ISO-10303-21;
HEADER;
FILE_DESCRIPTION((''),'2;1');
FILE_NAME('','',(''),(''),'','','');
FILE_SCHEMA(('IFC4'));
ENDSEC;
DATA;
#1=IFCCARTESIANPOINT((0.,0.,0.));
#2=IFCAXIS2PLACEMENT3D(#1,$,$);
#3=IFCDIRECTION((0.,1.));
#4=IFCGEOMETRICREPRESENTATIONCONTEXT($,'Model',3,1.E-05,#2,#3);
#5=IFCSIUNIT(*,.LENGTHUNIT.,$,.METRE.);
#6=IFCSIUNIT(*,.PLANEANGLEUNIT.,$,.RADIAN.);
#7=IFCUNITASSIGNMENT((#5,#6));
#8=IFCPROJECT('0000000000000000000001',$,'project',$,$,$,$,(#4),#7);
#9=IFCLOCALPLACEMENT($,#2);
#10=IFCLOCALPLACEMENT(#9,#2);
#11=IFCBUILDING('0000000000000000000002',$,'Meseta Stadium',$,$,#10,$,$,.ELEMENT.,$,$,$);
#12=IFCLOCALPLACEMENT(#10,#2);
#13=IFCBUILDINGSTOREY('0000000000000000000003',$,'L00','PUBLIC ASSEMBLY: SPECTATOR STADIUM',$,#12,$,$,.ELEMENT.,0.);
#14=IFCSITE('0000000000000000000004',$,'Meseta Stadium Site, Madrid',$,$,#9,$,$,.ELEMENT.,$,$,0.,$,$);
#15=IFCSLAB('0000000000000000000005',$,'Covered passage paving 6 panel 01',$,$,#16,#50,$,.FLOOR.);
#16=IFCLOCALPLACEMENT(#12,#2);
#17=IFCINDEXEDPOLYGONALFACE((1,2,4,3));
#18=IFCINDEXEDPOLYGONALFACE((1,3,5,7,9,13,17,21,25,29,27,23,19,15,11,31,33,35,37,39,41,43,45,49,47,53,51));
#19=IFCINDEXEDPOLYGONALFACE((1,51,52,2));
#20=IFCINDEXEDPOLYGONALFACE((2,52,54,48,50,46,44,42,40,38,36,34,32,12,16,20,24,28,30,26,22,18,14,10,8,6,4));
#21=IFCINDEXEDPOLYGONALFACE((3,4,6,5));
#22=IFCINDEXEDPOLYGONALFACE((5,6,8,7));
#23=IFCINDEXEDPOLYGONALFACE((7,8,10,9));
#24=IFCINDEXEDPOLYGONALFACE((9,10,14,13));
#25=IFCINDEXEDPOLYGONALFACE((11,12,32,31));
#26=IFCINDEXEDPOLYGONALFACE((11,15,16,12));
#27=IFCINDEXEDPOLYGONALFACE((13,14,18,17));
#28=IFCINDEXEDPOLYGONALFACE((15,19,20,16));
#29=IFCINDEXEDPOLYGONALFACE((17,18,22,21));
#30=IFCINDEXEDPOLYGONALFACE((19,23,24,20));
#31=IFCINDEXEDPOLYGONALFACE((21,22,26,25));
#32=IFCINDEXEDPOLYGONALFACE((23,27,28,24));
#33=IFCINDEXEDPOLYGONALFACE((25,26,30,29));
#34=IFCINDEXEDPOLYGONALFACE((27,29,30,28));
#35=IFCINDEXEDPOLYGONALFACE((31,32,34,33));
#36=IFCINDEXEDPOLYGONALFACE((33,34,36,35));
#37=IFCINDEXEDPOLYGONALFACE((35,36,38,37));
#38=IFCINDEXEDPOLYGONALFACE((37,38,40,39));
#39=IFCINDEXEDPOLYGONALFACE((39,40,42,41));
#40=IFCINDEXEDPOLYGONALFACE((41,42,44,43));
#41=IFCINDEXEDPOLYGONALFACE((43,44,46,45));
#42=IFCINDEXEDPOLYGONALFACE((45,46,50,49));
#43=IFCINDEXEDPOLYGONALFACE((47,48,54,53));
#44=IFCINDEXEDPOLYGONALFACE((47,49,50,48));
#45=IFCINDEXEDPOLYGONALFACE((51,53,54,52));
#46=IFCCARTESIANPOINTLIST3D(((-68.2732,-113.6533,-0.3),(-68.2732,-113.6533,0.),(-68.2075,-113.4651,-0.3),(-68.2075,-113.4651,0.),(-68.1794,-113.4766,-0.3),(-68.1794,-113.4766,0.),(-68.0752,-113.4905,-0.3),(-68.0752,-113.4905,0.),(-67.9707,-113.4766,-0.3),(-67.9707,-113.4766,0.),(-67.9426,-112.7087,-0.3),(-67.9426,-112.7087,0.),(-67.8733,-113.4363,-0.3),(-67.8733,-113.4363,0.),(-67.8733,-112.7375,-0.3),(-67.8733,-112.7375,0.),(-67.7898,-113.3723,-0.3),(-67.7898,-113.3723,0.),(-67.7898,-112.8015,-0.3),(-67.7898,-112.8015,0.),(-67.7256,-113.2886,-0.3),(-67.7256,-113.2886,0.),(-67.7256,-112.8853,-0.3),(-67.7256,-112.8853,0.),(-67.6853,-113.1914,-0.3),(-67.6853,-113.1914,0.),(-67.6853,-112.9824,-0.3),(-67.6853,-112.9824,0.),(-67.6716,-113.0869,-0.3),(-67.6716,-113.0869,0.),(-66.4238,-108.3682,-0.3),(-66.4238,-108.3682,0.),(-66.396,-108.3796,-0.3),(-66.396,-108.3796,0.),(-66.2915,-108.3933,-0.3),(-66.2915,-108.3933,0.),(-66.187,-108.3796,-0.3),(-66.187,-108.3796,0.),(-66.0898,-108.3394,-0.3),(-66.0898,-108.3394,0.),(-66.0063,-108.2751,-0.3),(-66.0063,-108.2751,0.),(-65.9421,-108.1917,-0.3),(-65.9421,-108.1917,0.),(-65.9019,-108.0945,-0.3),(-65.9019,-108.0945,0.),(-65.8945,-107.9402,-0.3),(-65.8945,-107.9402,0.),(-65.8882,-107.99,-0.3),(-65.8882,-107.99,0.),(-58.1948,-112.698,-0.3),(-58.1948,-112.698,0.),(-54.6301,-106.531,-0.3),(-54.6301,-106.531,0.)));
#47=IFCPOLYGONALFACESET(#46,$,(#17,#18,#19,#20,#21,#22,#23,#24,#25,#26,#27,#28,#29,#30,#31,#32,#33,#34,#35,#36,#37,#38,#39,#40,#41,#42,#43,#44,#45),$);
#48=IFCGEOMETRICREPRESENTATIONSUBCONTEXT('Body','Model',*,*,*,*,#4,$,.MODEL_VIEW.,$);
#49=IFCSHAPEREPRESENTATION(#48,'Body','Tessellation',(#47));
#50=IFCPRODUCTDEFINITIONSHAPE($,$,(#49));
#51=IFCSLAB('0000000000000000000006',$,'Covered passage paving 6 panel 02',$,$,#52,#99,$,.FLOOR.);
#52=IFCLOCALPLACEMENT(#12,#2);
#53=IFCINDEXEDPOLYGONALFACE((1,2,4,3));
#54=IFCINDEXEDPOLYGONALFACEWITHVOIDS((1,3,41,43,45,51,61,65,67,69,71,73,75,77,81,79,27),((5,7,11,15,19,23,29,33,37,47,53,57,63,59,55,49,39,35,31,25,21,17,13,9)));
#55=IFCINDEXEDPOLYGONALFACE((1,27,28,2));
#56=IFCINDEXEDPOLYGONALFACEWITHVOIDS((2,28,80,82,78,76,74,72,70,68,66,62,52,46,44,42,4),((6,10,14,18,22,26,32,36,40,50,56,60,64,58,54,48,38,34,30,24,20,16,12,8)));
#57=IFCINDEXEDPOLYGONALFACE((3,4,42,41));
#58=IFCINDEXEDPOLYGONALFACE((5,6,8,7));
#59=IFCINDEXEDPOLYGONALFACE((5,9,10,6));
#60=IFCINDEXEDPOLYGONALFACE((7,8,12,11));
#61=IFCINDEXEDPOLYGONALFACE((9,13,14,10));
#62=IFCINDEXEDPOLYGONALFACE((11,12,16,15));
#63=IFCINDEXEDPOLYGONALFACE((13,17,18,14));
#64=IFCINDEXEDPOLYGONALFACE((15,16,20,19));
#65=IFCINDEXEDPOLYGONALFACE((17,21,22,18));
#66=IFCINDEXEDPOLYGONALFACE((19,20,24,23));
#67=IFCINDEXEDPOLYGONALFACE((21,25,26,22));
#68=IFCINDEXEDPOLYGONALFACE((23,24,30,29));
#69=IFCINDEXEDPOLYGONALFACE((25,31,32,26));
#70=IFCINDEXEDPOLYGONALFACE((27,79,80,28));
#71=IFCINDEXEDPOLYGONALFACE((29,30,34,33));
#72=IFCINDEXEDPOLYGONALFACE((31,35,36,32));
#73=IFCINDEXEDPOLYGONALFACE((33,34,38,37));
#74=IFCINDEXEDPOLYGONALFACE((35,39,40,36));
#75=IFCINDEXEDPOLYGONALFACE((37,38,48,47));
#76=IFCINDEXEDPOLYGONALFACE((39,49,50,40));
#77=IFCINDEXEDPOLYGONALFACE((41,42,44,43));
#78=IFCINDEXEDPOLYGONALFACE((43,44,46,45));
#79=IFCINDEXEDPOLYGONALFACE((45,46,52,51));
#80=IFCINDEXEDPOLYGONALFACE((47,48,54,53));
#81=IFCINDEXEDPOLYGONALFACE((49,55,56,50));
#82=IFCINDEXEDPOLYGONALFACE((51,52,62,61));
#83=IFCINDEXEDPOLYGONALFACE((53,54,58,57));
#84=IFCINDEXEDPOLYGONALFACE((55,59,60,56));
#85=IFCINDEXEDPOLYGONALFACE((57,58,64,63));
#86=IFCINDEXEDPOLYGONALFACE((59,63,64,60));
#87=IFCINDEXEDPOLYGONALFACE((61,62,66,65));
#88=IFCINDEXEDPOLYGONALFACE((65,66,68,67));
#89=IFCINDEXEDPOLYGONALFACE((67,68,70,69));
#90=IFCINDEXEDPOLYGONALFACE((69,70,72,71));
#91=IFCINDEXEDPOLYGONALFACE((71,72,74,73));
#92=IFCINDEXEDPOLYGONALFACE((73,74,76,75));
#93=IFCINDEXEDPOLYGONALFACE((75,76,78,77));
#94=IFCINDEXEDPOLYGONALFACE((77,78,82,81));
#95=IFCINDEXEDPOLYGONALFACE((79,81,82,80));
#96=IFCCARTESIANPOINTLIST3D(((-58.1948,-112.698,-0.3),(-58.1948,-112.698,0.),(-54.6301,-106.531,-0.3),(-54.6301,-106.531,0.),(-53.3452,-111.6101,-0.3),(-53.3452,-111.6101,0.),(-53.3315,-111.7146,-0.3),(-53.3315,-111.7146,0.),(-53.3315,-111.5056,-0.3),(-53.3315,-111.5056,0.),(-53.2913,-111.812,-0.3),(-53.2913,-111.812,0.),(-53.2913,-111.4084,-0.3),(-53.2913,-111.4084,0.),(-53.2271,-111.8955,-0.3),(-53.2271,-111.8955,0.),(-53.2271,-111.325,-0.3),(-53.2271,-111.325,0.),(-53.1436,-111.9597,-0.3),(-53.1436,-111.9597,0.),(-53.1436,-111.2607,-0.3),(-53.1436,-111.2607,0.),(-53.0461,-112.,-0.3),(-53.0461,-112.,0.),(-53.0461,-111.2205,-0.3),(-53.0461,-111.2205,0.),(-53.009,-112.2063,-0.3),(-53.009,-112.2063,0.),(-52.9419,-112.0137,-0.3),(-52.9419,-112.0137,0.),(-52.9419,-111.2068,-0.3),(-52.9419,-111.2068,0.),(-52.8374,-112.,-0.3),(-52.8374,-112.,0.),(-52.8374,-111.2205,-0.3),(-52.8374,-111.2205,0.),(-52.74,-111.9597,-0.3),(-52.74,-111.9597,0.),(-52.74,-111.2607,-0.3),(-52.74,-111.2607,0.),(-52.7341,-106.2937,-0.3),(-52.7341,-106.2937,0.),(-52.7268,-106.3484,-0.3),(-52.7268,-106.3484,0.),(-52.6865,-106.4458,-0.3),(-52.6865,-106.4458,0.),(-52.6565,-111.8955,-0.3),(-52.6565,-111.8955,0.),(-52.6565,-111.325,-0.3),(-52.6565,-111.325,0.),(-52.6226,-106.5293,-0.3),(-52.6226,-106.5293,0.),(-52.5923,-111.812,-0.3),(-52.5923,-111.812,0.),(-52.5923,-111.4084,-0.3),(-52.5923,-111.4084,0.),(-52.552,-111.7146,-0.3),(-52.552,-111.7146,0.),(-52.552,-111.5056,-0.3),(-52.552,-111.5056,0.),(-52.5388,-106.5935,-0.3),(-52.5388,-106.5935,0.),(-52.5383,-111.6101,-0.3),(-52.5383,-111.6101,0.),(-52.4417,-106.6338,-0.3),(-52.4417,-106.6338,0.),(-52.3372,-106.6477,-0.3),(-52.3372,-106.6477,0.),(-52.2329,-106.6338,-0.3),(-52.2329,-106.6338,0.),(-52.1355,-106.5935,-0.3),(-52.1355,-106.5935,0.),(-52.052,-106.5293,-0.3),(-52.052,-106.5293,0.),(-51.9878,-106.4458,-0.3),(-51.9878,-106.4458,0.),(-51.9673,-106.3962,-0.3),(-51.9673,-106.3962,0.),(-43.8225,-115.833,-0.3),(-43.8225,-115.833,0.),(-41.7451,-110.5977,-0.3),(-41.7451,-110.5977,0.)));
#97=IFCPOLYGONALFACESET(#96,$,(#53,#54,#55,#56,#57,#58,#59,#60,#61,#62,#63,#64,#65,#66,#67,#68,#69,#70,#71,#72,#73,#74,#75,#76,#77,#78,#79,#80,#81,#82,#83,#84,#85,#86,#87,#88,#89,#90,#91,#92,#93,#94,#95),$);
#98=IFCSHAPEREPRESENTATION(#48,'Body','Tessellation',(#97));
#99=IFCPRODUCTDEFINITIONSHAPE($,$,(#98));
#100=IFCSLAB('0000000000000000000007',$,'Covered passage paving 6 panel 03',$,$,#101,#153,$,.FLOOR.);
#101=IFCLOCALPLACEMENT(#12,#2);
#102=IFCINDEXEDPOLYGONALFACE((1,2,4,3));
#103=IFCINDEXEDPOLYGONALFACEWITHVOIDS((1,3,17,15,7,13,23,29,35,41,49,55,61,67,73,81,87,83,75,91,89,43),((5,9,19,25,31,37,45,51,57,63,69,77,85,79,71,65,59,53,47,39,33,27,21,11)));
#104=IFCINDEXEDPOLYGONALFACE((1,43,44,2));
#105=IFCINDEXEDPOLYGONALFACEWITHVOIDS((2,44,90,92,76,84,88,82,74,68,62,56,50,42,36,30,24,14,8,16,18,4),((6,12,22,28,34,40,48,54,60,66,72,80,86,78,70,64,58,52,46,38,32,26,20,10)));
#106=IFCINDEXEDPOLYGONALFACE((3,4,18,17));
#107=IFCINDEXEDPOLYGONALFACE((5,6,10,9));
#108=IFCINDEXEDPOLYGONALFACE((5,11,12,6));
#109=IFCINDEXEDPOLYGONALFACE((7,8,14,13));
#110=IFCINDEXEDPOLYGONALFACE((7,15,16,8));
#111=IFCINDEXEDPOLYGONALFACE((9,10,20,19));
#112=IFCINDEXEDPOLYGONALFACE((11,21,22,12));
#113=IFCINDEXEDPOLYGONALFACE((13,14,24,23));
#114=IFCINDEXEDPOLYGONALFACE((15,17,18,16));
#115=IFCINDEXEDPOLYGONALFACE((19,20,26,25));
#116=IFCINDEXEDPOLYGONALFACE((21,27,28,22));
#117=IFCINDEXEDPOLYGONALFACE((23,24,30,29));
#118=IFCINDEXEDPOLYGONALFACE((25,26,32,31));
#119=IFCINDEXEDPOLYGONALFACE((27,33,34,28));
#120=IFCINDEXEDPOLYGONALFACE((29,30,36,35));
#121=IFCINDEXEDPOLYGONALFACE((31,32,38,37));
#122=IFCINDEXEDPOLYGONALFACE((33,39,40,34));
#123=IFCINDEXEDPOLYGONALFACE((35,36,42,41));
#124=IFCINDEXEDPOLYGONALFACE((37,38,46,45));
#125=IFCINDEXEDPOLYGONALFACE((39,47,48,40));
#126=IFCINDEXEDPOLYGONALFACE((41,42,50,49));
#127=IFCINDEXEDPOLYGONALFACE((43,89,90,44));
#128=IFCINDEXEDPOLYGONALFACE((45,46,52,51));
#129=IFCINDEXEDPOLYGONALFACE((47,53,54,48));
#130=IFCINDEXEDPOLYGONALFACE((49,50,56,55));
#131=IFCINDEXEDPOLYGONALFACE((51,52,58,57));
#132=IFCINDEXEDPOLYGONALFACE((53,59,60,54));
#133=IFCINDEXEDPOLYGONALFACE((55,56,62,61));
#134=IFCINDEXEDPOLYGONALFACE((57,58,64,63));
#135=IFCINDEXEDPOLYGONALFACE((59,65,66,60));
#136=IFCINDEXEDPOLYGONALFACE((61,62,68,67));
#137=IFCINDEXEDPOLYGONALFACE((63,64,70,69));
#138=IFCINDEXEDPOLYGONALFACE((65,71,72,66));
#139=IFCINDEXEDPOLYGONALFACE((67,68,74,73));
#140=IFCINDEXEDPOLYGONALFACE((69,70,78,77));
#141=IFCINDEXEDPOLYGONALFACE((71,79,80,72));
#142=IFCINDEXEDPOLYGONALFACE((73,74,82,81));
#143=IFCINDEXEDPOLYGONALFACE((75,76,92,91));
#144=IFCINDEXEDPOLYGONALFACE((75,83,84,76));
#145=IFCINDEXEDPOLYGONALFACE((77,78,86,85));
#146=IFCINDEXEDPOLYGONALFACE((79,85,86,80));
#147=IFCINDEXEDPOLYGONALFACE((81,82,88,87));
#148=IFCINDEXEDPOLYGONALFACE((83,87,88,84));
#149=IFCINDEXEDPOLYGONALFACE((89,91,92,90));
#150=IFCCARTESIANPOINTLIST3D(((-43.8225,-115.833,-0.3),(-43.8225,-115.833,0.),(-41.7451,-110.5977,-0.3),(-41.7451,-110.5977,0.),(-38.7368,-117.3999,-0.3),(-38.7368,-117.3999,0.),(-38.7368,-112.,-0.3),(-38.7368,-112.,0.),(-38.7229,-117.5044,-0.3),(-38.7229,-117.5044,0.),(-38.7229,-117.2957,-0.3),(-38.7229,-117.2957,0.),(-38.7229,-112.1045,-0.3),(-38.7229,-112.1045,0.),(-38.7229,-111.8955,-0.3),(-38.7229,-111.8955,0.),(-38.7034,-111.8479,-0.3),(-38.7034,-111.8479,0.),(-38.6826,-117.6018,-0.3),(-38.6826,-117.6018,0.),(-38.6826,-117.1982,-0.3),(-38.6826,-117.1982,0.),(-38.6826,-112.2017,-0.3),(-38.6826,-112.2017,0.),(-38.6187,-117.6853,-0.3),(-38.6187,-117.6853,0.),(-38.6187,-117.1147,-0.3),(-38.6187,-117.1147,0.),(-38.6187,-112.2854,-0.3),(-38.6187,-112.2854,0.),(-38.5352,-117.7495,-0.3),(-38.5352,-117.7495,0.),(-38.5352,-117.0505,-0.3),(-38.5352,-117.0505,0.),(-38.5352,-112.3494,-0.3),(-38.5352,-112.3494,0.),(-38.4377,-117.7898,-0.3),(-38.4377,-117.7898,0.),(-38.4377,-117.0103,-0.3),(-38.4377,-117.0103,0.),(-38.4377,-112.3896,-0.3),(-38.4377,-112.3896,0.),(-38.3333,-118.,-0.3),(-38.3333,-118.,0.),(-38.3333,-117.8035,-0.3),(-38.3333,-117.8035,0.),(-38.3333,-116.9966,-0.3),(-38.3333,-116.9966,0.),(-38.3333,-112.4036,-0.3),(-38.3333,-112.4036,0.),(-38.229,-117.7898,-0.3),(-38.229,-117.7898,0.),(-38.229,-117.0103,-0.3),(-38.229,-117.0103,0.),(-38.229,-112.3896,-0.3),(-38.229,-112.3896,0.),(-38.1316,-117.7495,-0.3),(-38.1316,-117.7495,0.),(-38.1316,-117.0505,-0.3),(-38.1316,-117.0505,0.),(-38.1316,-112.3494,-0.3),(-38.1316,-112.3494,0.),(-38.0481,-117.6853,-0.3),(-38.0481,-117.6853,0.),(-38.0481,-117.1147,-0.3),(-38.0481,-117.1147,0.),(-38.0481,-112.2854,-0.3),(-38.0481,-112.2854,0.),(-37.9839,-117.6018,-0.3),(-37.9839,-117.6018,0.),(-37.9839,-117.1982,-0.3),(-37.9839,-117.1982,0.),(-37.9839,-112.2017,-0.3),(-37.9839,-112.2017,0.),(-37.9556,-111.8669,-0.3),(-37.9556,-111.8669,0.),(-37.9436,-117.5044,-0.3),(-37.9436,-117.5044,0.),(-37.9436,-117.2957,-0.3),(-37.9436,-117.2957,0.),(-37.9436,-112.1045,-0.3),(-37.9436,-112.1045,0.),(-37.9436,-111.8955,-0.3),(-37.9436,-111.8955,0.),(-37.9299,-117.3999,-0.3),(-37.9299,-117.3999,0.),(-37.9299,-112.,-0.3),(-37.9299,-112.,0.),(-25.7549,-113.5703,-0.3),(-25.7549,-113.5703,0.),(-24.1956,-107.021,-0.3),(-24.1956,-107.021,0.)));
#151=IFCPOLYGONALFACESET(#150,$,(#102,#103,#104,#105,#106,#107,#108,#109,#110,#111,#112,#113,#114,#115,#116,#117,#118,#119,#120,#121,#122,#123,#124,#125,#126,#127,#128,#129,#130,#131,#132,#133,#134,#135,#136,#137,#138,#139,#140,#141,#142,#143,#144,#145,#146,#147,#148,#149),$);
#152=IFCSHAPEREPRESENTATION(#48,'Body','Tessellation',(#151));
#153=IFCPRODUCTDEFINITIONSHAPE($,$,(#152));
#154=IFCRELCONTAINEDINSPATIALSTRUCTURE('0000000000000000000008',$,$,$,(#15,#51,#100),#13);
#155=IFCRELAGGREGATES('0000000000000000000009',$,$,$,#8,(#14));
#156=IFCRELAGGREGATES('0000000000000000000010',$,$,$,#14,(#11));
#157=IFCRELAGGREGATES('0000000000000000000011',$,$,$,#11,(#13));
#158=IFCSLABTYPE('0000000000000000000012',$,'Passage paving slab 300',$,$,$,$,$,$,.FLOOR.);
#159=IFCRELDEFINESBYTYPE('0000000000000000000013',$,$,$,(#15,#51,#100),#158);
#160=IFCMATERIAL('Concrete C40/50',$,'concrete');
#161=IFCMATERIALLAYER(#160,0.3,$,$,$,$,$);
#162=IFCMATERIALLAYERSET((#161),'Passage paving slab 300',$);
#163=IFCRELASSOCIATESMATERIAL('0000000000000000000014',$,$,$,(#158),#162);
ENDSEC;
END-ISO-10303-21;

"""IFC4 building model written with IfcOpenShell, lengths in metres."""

from ifc_helpers import new_model, si_unit, direction, frame, origin, place, context, subcontext, project, spatial, polyline, outline, extrude, material, layer, layer_set, type_object, element, save


model = new_model("IFC4")

# Units and contexts
model_context = context("Model", 3, precision=1e-05, world=origin(), true_north=direction((0.0, 1.0)))
body_context = subcontext(model_context, "Body", "Model", "MODEL_VIEW")
ifc_project = project(units=[si_unit("LENGTHUNIT", "METRE"), si_unit("PLANEANGLEUNIT", "RADIAN")], contexts=[model_context])

# Site, building, storey
site_placement = place(None, origin())
site = spatial("IfcSite", under=ifc_project, at=site_placement, Name="Meseta Stadium Site, Madrid", CompositionType="ELEMENT", RefElevation=0.0)
building_placement = place(site_placement, origin())
building = spatial("IfcBuilding", under=site, at=building_placement, Name="Meseta Stadium", CompositionType="ELEMENT")
storey_placement = place(building_placement, origin())
storey = spatial("IfcBuildingStorey", under=building, at=storey_placement, Name="L00", Description="PUBLIC ASSEMBLY: SPECTATOR STADIUM", CompositionType="ELEMENT", Elevation=0.0)

# Slabs
ifc_material_1 = material(Name="Concrete C40/50", Category="concrete")
ifc_layer_1 = layer(ifc_material_1, 0.3)
ifc_layer_set_1 = layer_set([ifc_layer_1], Name="Passage paving slab 300")
slab_type_1 = type_object("IfcSlabType", Name="Passage paving slab 300", PredefinedType="FLOOR", material=ifc_layer_set_1)
slab_1_placement = place(storey_placement, frame((0.0, 0.0, -0.3)))
element("IfcSlab", 1, at=slab_1_placement, inside=storey, type_object=slab_type_1, Name="Covered passage paving 6 panel 01", PredefinedType="FLOOR", context=body_context, shape_type="SweptSolid", body=[
    extrude(outline(polyline([(-68.2075, -113.4651), (-68.2732, -113.6533), (-58.1948, -112.698), (-54.6301, -106.531), (-65.8945, -107.9402), (-65.8882, -107.99), (-65.9019, -108.0945), (-65.9421, -108.1917), (-66.0063, -108.2751), (-66.0898, -108.3394), (-66.187, -108.3796), (-66.2915, -108.3933), (-66.396, -108.3796), (-66.4238, -108.3682), (-67.9426, -112.7087), (-67.8733, -112.7375), (-67.7898, -112.8015), (-67.7256, -112.8853), (-67.6853, -112.9824), (-67.6716, -113.0869), (-67.6853, -113.1914), (-67.7256, -113.2886), (-67.7898, -113.3723), (-67.8733, -113.4363), (-67.9707, -113.4766), (-68.0752, -113.4905), (-68.1794, -113.4766), (-68.2075, -113.4651)])), origin(), (0.0, 0.0, 1.0), 0.3),
])
slab_2_placement = place(storey_placement, frame((0.0, 0.0, -0.3)))
element("IfcSlab", 2, at=slab_2_placement, inside=storey, type_object=slab_type_1, Name="Covered passage paving 6 panel 02", PredefinedType="FLOOR", context=body_context, shape_type="SweptSolid", body=[
    extrude(outline(polyline([(-58.1948, -112.698), (-53.009, -112.2063), (-43.8225, -115.833), (-41.7451, -110.5977), (-51.9673, -106.3962), (-51.9878, -106.4458), (-52.052, -106.5293), (-52.1355, -106.5935), (-52.2329, -106.6338), (-52.3372, -106.6477), (-52.4417, -106.6338), (-52.5388, -106.5935), (-52.6226, -106.5293), (-52.6865, -106.4458), (-52.7268, -106.3484), (-52.7341, -106.2937), (-54.6301, -106.531), (-58.1948, -112.698)]), holes=[polyline([(-53.0461, -112.0), (-53.1436, -111.9597), (-53.2271, -111.8955), (-53.2913, -111.812), (-53.3315, -111.7146), (-53.3452, -111.6101), (-53.3315, -111.5056), (-53.2913, -111.4084), (-53.2271, -111.325), (-53.1436, -111.2607), (-53.0461, -111.2205), (-52.9419, -111.2068), (-52.8374, -111.2205), (-52.74, -111.2607), (-52.6565, -111.325), (-52.5923, -111.4084), (-52.552, -111.5056), (-52.5383, -111.6101), (-52.552, -111.7146), (-52.5923, -111.812), (-52.6565, -111.8955), (-52.74, -111.9597), (-52.8374, -112.0), (-52.9419, -112.0137), (-53.0461, -112.0)])]), origin(), (0.0, 0.0, 1.0), 0.3),
])
slab_3_placement = place(storey_placement, frame((0.0, 0.0, -0.3)))
element("IfcSlab", 3, at=slab_3_placement, inside=storey, type_object=slab_type_1, Name="Covered passage paving 6 panel 03", PredefinedType="FLOOR", context=body_context, shape_type="SweptSolid", body=[
    extrude(outline(polyline([(-43.8225, -115.833), (-38.3333, -118.0), (-25.7549, -113.5703), (-24.1956, -107.021), (-37.9556, -111.8669), (-37.9436, -111.8955), (-37.9299, -112.0), (-37.9436, -112.1045), (-37.9839, -112.2017), (-38.0481, -112.2854), (-38.1316, -112.3494), (-38.229, -112.3896), (-38.3333, -112.4036), (-38.4377, -112.3896), (-38.5352, -112.3494), (-38.6187, -112.2854), (-38.6826, -112.2017), (-38.7229, -112.1045), (-38.7368, -112.0), (-38.7229, -111.8955), (-38.7034, -111.8479), (-41.7451, -110.5977), (-43.8225, -115.833)]), holes=[polyline([(-38.3333, -117.8035), (-38.4377, -117.7898), (-38.5352, -117.7495), (-38.6187, -117.6853), (-38.6826, -117.6018), (-38.7229, -117.5044), (-38.7368, -117.3999), (-38.7229, -117.2957), (-38.6826, -117.1982), (-38.6187, -117.1147), (-38.5352, -117.0505), (-38.4377, -117.0103), (-38.3333, -116.9966), (-38.229, -117.0103), (-38.1316, -117.0505), (-38.0481, -117.1147), (-37.9839, -117.1982), (-37.9436, -117.2957), (-37.9299, -117.3999), (-37.9436, -117.5044), (-37.9839, -117.6018), (-38.0481, -117.6853), (-38.1316, -117.7495), (-38.229, -117.7898), (-38.3333, -117.8035)])]), origin(), (0.0, 0.0, 1.0), 0.3),
])

save(model, "model.ifc")
